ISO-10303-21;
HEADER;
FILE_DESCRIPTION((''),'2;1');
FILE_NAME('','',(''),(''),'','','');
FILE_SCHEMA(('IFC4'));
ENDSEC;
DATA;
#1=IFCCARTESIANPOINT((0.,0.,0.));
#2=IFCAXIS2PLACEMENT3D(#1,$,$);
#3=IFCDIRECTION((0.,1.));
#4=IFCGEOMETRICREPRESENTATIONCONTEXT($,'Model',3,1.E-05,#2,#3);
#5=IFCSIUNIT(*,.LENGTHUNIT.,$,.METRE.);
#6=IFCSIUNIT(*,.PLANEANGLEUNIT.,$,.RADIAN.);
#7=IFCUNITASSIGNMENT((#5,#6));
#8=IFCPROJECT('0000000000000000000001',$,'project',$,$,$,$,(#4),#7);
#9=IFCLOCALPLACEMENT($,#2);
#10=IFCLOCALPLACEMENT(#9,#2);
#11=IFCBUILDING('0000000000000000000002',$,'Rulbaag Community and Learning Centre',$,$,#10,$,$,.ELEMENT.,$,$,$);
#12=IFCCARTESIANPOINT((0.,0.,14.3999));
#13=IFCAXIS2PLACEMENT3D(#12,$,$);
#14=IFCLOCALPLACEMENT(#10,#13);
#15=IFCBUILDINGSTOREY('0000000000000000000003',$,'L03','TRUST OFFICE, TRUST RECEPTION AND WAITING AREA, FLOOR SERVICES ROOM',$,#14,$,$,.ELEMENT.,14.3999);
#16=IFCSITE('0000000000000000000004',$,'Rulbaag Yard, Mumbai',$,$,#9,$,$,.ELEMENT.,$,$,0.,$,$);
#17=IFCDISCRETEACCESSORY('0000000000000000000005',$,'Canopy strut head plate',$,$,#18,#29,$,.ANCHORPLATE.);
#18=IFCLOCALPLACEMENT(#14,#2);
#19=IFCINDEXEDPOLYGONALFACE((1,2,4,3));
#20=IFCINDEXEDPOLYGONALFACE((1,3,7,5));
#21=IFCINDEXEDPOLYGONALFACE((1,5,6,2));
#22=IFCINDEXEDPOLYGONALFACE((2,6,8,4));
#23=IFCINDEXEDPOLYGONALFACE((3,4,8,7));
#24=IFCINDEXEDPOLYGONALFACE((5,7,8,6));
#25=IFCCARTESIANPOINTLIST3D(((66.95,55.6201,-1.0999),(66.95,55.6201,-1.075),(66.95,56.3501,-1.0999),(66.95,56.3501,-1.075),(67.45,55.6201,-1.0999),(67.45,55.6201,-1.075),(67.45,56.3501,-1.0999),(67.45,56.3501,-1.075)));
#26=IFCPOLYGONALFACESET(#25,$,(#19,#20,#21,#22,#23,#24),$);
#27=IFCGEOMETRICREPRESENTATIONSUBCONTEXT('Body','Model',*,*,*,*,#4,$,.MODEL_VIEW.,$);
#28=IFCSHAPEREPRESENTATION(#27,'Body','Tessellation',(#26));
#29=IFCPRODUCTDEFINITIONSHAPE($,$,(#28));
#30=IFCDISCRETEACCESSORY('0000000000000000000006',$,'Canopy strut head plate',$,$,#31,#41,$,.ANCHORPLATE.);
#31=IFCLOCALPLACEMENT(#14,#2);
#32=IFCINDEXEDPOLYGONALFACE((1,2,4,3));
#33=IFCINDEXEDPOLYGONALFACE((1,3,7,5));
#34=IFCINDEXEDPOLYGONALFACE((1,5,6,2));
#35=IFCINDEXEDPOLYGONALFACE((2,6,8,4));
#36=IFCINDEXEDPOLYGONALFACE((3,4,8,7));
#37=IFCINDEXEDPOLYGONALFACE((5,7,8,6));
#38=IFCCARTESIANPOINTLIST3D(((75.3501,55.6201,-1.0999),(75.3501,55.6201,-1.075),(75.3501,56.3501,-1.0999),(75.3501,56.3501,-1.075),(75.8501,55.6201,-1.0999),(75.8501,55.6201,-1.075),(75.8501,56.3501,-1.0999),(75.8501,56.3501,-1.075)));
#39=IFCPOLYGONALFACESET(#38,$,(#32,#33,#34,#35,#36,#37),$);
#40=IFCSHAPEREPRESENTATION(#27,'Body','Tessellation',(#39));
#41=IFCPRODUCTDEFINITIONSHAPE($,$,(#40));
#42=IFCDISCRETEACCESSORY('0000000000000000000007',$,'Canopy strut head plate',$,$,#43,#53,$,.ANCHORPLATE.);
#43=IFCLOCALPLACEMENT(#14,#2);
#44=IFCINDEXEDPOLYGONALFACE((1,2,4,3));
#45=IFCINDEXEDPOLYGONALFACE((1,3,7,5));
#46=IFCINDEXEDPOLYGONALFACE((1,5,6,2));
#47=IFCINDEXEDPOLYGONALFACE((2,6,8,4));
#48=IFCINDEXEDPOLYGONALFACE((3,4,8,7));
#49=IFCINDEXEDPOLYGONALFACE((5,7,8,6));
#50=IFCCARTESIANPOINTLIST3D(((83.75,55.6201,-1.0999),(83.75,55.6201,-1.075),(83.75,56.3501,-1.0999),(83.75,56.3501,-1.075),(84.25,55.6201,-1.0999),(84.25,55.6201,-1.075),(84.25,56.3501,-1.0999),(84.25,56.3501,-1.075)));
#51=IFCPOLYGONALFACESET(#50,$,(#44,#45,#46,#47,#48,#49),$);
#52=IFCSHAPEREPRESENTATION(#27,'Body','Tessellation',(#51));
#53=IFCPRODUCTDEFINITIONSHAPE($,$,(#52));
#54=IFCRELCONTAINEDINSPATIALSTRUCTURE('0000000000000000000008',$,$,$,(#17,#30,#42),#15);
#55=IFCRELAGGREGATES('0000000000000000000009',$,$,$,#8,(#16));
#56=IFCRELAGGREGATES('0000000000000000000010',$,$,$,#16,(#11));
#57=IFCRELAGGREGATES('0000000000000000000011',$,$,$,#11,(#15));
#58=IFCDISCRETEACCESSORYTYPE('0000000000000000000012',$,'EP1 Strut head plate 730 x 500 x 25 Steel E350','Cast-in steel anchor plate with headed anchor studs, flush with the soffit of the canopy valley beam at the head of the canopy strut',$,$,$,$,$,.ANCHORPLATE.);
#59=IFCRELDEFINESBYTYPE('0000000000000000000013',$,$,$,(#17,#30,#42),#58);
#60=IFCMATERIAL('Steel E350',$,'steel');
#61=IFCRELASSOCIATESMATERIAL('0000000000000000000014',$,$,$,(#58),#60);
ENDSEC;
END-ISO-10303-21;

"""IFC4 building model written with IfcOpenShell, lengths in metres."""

from ifc_helpers import new_model, si_unit, direction, frame, origin, origin_2d, place, context, subcontext, project, spatial, rectangle, extrude, material, type_object, element, save


model = new_model("IFC4")

# Units and contexts
model_context = context("Model", 3, precision=1e-05, world=origin(), true_north=direction((0.0, 1.0)))
body_context = subcontext(model_context, "Body", "Model", "MODEL_VIEW")
ifc_project = project(units=[si_unit("LENGTHUNIT", "METRE"), si_unit("PLANEANGLEUNIT", "RADIAN")], contexts=[model_context])

# Site, building, storey
site_placement = place(None, origin())
site = spatial("IfcSite", under=ifc_project, at=site_placement, Name="Rulbaag Yard, Mumbai", CompositionType="ELEMENT", RefElevation=0.0)
building_placement = place(site_placement, origin())
building = spatial("IfcBuilding", under=site, at=building_placement, Name="Rulbaag Community and Learning Centre", CompositionType="ELEMENT")
storey_placement = place(building_placement, frame((0.0, 0.0, 14.3999)))
storey = spatial("IfcBuildingStorey", under=building, at=storey_placement, Name="L03", Description="TRUST OFFICE, TRUST RECEPTION AND WAITING AREA, FLOOR SERVICES ROOM", CompositionType="ELEMENT", Elevation=14.3999)

# Discrete accessories
ifc_material_1 = material(Name="Steel E350", Category="steel")
discrete_accessory_type = type_object("IfcDiscreteAccessoryType", Name="EP1 Strut head plate 730 x 500 x 25 Steel E350", Description="Cast-in steel anchor plate with headed anchor studs, flush with the soffit of the canopy valley beam at the head of the canopy strut", PredefinedType="ANCHORPLATE", material=ifc_material_1)
for number, where, z_axis, x_axis, name in (
    (1, (67.2, 55.9851, -1.0999), (0.0, 0.0, 1.0), (1.0, 0.0, 0.0), "Canopy strut head plate"),
    (2, (75.6001, 55.9851, -1.0999), (0.0, 0.0, 1.0), (1.0, 0.0, 0.0), "Canopy strut head plate"),
    (3, (84.0, 55.9851, -1.0999), (0.0, 0.0, 1.0), (1.0, 0.0, 0.0), "Canopy strut head plate"),
):
    element("IfcDiscreteAccessory", number, at=place(storey_placement, frame(where, z_axis=z_axis, x_axis=x_axis)), inside=storey, type_object=discrete_accessory_type, Name=name, PredefinedType="ANCHORPLATE", context=body_context, shape_type="SweptSolid", body=[
        extrude(rectangle(XDim=0.5, YDim=0.73, at=origin_2d()), origin(), (0.0, 0.0, 1.0), 0.0249),
    ])

save(model, "model.ifc")
